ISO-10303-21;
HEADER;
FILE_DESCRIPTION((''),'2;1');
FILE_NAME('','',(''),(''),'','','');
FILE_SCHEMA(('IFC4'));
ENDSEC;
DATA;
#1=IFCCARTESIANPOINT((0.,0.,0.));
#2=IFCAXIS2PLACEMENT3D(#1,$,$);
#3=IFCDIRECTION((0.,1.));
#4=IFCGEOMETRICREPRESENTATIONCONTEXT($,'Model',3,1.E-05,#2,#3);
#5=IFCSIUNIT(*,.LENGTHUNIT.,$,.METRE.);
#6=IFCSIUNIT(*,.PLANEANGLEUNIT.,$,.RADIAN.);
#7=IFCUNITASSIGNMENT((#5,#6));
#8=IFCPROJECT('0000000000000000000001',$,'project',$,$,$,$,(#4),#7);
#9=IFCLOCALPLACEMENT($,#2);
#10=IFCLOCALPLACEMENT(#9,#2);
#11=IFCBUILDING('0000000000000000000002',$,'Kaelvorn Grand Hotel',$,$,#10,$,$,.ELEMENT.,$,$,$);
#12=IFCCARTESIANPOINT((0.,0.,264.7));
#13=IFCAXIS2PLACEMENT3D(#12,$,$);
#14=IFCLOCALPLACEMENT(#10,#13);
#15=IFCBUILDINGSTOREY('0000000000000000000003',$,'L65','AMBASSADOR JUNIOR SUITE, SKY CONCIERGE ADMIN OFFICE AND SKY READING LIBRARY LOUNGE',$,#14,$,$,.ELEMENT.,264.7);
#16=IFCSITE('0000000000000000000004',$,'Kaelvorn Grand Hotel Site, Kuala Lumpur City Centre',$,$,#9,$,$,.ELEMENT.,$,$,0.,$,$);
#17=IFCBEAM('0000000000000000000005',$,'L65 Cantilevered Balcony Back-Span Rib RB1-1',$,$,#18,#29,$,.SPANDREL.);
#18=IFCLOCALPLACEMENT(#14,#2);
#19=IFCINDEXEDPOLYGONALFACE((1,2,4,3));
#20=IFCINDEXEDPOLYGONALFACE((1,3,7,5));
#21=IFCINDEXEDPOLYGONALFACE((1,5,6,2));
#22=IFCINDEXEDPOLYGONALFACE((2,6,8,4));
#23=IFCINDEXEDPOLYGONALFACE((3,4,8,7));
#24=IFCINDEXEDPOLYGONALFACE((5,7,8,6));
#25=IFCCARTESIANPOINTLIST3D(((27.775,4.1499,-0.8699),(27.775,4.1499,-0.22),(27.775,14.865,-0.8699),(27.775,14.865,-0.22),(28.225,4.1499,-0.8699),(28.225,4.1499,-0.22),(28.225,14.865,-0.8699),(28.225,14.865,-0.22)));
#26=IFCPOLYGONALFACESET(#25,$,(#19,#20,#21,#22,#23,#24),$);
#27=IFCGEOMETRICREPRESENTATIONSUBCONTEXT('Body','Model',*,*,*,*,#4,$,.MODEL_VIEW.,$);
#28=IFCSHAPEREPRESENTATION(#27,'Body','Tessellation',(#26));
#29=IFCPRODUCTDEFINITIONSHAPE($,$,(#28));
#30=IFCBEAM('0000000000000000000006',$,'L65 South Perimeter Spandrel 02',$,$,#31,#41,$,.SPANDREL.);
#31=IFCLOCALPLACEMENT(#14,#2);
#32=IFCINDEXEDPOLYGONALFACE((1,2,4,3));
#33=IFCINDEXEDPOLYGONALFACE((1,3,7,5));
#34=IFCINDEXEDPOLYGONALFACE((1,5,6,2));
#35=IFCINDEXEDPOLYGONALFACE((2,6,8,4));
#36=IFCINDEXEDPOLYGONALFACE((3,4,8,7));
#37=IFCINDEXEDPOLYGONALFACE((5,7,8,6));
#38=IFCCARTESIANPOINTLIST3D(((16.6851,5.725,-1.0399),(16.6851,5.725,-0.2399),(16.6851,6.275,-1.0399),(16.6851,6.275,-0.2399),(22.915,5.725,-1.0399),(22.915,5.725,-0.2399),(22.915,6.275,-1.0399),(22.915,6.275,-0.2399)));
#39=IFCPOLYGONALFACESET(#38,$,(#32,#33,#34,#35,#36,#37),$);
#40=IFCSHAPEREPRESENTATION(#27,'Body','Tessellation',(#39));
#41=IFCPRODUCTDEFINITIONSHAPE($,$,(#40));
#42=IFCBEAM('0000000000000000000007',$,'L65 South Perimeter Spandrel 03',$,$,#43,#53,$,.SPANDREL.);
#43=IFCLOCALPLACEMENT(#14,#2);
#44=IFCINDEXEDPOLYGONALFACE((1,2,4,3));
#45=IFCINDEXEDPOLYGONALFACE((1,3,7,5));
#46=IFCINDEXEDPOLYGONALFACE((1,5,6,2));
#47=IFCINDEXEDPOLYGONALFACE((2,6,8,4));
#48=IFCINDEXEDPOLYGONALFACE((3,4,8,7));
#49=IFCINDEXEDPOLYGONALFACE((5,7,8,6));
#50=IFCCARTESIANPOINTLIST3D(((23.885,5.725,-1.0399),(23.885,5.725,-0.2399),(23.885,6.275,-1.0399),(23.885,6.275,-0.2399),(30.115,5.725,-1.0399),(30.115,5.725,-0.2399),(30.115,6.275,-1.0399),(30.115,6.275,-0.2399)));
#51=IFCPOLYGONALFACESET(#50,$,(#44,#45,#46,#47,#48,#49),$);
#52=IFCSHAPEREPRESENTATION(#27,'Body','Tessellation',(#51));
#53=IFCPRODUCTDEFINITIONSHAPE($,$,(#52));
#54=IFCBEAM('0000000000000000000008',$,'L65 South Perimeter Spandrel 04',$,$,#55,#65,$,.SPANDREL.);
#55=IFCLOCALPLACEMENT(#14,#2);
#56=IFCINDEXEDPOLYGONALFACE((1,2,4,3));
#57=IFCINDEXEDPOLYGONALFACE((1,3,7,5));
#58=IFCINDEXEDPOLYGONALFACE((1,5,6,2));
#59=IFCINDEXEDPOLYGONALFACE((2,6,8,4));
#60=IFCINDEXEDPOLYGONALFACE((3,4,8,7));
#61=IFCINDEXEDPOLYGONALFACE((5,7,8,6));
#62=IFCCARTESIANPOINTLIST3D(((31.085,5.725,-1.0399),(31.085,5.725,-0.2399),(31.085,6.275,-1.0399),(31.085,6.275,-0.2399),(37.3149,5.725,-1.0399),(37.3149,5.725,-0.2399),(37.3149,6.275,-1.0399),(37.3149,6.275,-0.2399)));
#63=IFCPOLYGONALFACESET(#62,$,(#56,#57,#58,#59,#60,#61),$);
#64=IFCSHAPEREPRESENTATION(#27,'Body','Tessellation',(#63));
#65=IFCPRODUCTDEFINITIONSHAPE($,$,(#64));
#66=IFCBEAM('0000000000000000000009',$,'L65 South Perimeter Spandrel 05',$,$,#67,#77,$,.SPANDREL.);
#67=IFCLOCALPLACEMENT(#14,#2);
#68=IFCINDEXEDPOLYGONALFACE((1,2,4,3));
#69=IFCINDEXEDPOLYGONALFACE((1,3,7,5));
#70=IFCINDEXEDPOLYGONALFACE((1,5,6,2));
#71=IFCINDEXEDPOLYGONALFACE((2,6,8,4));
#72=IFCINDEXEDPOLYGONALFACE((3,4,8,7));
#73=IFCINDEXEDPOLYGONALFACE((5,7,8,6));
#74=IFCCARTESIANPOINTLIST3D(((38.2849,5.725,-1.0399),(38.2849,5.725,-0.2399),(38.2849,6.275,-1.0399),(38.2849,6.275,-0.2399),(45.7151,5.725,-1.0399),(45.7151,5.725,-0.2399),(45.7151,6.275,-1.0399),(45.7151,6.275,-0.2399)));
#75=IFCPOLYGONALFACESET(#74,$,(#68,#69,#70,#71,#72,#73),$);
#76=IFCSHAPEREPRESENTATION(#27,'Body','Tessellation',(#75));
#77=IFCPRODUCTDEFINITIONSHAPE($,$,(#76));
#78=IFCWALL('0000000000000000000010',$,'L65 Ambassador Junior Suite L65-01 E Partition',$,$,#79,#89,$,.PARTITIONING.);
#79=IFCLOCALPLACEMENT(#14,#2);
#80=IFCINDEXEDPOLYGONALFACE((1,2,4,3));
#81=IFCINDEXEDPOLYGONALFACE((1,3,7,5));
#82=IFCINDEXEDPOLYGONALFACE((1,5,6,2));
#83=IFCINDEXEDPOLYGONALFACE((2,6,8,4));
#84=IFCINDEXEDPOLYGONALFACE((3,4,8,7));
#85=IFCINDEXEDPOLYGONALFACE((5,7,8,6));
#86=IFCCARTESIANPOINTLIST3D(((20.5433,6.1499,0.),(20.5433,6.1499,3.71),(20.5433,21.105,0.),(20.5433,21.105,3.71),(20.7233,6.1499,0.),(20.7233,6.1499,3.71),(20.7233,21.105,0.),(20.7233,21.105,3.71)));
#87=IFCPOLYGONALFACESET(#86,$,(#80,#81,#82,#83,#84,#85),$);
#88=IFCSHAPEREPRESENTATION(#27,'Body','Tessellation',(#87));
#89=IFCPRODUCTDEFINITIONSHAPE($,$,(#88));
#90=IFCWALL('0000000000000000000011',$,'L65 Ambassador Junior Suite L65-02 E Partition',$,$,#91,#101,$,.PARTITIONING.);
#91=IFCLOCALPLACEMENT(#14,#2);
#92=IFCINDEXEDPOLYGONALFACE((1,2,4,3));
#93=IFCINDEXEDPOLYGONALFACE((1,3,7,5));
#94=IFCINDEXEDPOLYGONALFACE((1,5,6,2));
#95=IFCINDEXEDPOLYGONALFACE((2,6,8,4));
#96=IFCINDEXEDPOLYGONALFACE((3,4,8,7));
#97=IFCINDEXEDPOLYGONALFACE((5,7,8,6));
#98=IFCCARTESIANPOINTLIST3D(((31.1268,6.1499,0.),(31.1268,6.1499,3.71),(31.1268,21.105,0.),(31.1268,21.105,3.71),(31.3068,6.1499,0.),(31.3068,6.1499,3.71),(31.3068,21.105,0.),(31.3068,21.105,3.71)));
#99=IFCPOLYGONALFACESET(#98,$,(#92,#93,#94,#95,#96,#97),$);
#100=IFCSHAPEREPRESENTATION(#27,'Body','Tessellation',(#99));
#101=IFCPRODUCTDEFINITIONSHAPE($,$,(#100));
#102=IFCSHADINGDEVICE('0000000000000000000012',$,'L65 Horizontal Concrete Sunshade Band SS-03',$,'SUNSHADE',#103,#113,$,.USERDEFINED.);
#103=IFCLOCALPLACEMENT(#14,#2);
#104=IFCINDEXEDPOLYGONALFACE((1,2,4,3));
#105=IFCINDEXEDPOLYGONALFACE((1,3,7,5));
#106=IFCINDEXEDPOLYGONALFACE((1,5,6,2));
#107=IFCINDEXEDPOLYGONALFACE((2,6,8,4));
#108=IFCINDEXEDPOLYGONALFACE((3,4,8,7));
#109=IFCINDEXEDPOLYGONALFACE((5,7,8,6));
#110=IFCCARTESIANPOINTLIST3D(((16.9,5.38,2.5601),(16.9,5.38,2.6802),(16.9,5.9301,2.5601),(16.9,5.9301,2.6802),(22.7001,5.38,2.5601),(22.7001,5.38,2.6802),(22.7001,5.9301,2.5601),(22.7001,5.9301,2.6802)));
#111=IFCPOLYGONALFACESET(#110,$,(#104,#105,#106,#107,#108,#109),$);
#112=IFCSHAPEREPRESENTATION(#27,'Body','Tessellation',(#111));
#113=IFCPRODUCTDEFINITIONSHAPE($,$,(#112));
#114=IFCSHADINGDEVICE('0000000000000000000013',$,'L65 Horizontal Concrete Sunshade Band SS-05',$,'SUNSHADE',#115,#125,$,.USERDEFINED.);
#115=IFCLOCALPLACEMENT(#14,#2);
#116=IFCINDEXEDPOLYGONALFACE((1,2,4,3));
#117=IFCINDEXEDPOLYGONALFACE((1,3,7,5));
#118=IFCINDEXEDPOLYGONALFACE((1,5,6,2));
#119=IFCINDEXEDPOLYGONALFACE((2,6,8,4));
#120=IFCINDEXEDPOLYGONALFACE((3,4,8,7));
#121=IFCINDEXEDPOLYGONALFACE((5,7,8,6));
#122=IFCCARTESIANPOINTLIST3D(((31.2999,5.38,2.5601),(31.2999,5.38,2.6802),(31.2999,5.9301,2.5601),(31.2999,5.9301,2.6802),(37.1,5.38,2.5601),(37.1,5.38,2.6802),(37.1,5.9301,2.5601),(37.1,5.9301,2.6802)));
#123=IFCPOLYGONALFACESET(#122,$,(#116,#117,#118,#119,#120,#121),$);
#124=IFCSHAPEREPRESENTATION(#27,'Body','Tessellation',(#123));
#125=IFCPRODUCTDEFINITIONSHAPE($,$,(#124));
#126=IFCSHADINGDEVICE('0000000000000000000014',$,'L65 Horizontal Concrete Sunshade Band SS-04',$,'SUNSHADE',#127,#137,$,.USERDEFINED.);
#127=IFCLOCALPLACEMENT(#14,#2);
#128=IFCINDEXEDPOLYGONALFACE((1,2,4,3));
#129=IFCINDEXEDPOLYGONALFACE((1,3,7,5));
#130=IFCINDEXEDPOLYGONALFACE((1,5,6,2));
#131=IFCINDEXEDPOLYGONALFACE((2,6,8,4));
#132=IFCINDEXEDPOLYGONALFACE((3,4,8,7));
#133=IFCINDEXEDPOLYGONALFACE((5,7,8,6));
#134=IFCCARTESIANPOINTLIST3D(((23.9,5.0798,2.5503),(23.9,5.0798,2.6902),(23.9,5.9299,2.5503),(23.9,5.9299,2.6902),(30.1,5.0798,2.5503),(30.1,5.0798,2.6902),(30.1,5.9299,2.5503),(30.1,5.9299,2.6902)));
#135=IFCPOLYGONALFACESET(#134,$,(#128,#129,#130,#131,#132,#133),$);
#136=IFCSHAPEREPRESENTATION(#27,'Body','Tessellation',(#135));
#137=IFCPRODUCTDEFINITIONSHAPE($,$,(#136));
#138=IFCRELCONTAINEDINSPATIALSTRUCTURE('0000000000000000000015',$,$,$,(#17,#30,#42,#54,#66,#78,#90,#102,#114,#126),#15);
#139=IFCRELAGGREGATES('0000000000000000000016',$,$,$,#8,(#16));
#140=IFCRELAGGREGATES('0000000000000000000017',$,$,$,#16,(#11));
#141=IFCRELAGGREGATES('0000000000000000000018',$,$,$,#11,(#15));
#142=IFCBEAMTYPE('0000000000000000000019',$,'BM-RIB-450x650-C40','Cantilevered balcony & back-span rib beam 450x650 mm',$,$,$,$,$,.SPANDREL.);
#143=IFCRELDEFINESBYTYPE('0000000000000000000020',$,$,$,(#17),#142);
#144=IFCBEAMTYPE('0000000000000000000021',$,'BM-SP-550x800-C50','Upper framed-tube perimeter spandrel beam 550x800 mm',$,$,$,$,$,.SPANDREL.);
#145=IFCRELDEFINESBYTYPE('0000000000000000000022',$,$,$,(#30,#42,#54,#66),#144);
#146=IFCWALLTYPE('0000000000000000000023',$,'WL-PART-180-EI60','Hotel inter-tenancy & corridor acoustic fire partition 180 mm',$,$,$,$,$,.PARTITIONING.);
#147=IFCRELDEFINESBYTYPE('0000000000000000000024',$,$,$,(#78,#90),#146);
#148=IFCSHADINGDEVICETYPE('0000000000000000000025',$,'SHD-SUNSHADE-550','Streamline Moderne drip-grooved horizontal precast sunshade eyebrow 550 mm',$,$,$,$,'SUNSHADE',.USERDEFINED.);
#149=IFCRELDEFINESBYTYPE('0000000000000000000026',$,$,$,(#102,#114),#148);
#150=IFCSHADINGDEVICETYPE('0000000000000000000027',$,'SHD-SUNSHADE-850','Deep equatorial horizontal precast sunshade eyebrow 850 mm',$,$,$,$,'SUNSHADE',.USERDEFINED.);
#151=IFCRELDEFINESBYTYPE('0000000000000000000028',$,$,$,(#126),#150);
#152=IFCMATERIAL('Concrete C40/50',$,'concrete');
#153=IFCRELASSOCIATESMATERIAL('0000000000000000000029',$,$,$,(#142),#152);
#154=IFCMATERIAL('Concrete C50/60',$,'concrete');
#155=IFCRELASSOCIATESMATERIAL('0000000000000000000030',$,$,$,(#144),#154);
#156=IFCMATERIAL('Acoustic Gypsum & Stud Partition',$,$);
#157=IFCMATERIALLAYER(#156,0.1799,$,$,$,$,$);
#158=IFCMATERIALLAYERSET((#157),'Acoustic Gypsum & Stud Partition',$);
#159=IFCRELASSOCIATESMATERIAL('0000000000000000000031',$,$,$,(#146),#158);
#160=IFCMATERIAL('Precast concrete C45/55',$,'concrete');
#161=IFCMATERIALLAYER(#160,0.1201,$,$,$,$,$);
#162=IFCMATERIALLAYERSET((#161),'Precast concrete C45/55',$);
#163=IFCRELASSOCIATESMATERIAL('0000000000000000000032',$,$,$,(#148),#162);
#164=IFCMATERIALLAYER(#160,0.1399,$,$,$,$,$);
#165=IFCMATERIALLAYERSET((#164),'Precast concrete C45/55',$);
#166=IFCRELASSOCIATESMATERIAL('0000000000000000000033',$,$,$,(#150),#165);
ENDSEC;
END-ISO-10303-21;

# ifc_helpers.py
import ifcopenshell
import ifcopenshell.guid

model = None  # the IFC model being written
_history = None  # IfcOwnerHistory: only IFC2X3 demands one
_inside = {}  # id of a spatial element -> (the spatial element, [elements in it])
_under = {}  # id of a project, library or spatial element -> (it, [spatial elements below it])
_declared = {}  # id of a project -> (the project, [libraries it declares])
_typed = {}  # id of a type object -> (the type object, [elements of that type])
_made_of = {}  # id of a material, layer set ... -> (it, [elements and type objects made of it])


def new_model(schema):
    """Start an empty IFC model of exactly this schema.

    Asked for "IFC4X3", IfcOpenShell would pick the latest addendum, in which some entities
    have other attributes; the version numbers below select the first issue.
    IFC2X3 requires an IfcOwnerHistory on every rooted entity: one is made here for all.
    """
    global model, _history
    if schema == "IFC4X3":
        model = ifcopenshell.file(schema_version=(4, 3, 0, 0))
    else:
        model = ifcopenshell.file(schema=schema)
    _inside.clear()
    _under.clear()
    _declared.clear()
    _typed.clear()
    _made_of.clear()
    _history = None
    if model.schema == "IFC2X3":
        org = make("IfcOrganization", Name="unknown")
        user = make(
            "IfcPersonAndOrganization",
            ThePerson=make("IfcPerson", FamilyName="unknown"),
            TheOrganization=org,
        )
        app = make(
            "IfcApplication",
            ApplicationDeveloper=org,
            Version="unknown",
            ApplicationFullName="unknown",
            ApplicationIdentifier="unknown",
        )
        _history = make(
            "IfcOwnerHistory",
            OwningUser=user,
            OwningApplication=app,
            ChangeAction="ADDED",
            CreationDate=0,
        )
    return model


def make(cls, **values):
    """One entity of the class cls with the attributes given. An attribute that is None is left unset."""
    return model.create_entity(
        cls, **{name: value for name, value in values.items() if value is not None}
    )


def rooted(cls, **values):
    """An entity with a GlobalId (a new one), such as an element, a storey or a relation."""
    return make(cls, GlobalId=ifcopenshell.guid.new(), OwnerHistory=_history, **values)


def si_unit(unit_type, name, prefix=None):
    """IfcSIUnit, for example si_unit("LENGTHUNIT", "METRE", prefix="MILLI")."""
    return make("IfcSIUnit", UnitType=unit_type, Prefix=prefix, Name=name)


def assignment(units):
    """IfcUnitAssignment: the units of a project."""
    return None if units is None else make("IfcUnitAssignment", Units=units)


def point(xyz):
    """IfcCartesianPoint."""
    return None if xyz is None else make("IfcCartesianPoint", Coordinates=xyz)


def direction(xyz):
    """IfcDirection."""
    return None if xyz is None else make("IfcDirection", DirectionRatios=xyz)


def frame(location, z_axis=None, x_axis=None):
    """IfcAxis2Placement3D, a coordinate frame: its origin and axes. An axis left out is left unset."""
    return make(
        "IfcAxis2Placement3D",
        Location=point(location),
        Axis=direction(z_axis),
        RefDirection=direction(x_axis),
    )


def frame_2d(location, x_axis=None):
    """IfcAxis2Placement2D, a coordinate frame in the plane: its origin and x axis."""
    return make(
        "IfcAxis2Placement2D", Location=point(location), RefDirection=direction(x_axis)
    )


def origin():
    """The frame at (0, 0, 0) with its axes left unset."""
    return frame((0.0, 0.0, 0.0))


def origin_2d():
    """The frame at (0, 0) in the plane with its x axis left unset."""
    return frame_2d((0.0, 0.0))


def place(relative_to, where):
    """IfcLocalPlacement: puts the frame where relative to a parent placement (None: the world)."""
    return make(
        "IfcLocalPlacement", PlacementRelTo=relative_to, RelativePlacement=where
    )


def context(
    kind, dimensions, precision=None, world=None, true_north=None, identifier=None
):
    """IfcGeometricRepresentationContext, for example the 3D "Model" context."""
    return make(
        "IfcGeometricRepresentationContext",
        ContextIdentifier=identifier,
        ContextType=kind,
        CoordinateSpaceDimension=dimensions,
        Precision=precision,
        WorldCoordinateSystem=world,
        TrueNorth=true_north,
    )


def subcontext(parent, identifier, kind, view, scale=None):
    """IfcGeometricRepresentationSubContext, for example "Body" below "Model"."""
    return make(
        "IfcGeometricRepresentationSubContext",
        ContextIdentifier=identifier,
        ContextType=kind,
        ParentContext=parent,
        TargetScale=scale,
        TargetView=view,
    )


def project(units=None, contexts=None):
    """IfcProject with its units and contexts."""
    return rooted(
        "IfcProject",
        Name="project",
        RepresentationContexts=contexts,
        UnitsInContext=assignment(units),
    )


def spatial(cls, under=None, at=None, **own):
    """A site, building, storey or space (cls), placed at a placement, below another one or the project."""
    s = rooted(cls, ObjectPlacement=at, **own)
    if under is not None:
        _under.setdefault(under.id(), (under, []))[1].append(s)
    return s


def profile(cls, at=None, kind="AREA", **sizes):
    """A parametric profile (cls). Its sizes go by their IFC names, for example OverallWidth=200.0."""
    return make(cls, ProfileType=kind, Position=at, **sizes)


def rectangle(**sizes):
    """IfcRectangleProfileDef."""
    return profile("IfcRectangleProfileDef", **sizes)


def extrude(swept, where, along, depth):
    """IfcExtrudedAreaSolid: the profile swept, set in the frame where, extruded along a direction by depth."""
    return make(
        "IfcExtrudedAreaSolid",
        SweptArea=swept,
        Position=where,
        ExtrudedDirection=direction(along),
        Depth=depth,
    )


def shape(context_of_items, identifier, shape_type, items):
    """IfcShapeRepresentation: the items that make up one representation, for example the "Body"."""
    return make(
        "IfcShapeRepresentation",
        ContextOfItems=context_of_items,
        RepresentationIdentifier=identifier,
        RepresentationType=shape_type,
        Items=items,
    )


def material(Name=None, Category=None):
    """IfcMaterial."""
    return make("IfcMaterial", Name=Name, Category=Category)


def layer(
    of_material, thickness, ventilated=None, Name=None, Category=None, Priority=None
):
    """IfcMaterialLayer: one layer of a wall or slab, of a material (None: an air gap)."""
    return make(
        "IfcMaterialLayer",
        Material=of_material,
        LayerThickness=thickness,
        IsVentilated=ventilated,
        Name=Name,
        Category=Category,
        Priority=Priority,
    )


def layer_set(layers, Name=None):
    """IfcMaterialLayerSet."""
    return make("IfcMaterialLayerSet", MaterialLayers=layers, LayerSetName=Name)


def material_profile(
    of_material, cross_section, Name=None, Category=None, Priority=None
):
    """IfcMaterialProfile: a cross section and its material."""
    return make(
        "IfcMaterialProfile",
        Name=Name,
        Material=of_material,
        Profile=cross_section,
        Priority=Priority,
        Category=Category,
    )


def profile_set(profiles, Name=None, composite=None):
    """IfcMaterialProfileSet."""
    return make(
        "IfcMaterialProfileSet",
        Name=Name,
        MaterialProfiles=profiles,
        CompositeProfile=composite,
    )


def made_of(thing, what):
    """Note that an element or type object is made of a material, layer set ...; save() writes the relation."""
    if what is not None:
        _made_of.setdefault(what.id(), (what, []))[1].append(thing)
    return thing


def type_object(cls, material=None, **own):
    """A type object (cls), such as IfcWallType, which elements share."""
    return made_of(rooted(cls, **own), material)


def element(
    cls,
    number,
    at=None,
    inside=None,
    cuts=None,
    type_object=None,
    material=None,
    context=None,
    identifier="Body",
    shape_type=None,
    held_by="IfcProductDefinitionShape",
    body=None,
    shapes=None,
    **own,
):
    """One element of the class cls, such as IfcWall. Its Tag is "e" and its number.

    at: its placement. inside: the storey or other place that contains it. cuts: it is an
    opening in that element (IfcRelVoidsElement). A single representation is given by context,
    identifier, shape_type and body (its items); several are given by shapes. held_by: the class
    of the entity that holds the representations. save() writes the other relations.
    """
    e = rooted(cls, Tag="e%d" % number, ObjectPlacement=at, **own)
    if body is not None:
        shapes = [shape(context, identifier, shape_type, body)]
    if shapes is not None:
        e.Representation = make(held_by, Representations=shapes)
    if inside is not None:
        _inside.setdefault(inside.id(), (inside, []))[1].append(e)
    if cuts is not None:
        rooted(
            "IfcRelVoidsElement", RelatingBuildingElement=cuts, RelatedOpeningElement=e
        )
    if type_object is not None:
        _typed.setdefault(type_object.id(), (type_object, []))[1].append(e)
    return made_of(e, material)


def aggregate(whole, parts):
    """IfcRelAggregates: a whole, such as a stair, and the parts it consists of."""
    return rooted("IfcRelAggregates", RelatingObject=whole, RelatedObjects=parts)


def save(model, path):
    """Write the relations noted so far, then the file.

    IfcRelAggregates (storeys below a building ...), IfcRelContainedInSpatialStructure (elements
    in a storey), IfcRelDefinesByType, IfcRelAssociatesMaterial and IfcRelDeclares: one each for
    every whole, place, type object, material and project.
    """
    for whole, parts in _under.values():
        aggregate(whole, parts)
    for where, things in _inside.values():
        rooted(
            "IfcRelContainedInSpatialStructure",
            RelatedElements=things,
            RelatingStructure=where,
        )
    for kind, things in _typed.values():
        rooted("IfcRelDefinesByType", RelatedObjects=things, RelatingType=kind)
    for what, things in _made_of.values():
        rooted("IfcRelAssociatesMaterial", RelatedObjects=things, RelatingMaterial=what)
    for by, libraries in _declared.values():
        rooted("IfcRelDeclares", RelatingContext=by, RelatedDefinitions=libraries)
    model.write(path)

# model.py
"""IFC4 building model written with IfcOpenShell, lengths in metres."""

from ifc_helpers import new_model, si_unit, direction, frame, frame_2d, origin, origin_2d, place, context, subcontext, project, spatial, rectangle, extrude, material, layer, layer_set, material_profile, profile_set, type_object, element, save


model = new_model("IFC4")

# Units and contexts
model_context = context("Model", 3, precision=1e-05, world=origin(), true_north=direction((0.0, 1.0)))
body_context = subcontext(model_context, "Body", "Model", "MODEL_VIEW")
ifc_project = project(units=[si_unit("LENGTHUNIT", "METRE"), si_unit("PLANEANGLEUNIT", "RADIAN")], contexts=[model_context])

# Site, building, storey
site_placement = place(None, origin())
site = spatial("IfcSite", under=ifc_project, at=site_placement, Name="Kaelvorn Grand Hotel Site, Kuala Lumpur City Centre", CompositionType="ELEMENT", RefElevation=0.0)
building_placement = place(site_placement, origin())
building = spatial("IfcBuilding", under=site, at=building_placement, Name="Kaelvorn Grand Hotel", CompositionType="ELEMENT")
storey_placement = place(building_placement, frame((0.0, 0.0, 264.7)))
storey = spatial("IfcBuildingStorey", under=building, at=storey_placement, Name="L65", Description="AMBASSADOR JUNIOR SUITE, SKY CONCIERGE ADMIN OFFICE AND SKY READING LIBRARY LOUNGE", CompositionType="ELEMENT", Elevation=264.7)

# Shared definitions
ifc_material_1 = material(Name="Concrete C50/60", Category="concrete")

# Beams
ifc_material_2 = material(Name="Concrete C40/50", Category="concrete")
ifc_material_profile_1 = material_profile(ifc_material_2, rectangle(XDim=0.45, YDim=0.6499, at=origin_2d()), Name="RC RIB 450x650")
ifc_profile_set_1 = profile_set([ifc_material_profile_1], Name="Concrete C40/50")
beam_type_1 = type_object("IfcBeamType", Name="BM-RIB-450x650-C40", Description="Cantilevered balcony & back-span rib beam 450x650 mm", PredefinedType="SPANDREL", material=ifc_profile_set_1)
beam_1_placement = place(storey_placement, frame((28.0, 4.1499, -0.5449), z_axis=(0.0, 1.0, 0.0), x_axis=(-1.0, 0.0, 0.0)))
element("IfcBeam", 1, at=beam_1_placement, inside=storey, type_object=beam_type_1, Name="L65 Cantilevered Balcony Back-Span Rib RB1-1", PredefinedType="SPANDREL", context=body_context, shape_type="SweptSolid", body=[
    extrude(rectangle(XDim=0.45, YDim=0.6499, at=origin_2d()), origin(), (0.0, 0.0, 1.0), 10.7151),
])
ifc_material_profile_2 = material_profile(ifc_material_1, rectangle(XDim=0.55, YDim=0.8, at=origin_2d()), Name="RC SPANDREL 550x800")
ifc_profile_set_2 = profile_set([ifc_material_profile_2], Name="Concrete C50/60")
beam_type_2 = type_object("IfcBeamType", Name="BM-SP-550x800-C50", Description="Upper framed-tube perimeter spandrel beam 550x800 mm", PredefinedType="SPANDREL", material=ifc_profile_set_2)
for number, where, z_axis, x_axis, name in (
    (2, (16.6851, 6.0, -0.6399), (1.0, 0.0, 0.0), (0.0, 1.0, 0.0), "L65 South Perimeter Spandrel 02"),
    (3, (23.885, 6.0, -0.6399), (1.0, 0.0, 0.0), (0.0, 1.0, 0.0), "L65 South Perimeter Spandrel 03"),
    (4, (31.085, 6.0, -0.6399), (1.0, 0.0, 0.0), (0.0, 1.0, 0.0), "L65 South Perimeter Spandrel 04"),
):
    element("IfcBeam", number, at=place(storey_placement, frame(where, z_axis=z_axis, x_axis=x_axis)), inside=storey, type_object=beam_type_2, Name=name, PredefinedType="SPANDREL", context=body_context, shape_type="SweptSolid", body=[
        extrude(rectangle(XDim=0.55, YDim=0.8, at=origin_2d()), origin(), (0.0, 0.0, 1.0), 6.23),
    ])
beam_2_placement = place(storey_placement, frame((38.2849, 6.0, -0.6399), z_axis=(1.0, 0.0, 0.0), x_axis=(0.0, 1.0, 0.0)))
element("IfcBeam", 5, at=beam_2_placement, inside=storey, type_object=beam_type_2, Name="L65 South Perimeter Spandrel 05", PredefinedType="SPANDREL", context=body_context, shape_type="SweptSolid", body=[
    extrude(rectangle(XDim=0.55, YDim=0.8, at=origin_2d()), origin(), (0.0, 0.0, 1.0), 7.4302),
])

# Walls
ifc_material_3 = material(Name="Acoustic Gypsum & Stud Partition")
ifc_layer_1 = layer(ifc_material_3, 0.1799)
ifc_layer_set_1 = layer_set([ifc_layer_1], Name="Acoustic Gypsum & Stud Partition")
wall_type = type_object("IfcWallType", Name="WL-PART-180-EI60", Description="Hotel inter-tenancy & corridor acoustic fire partition 180 mm", PredefinedType="PARTITIONING", material=ifc_layer_set_1)
for number, where, z_axis, x_axis, name in (
    (6, (20.6333, 6.1499, 0.0), (0.0, 0.0, 1.0), (0.0, 1.0, 0.0), "L65 Ambassador Junior Suite L65-01 E Partition"),
    (7, (31.2168, 6.1499, 0.0), (0.0, 0.0, 1.0), (0.0, 1.0, 0.0), "L65 Ambassador Junior Suite L65-02 E Partition"),
):
    element("IfcWall", number, at=place(storey_placement, frame(where, z_axis=z_axis, x_axis=x_axis)), inside=storey, type_object=wall_type, Name=name, PredefinedType="PARTITIONING", context=body_context, shape_type="SweptSolid", body=[
        extrude(rectangle(XDim=14.9551, YDim=0.1799, at=frame_2d((7.4775, 0.0))), origin(), (0.0, 0.0, 1.0), 3.71),
    ])

# Shading devices
ifc_material_4 = material(Name="Precast concrete C45/55", Category="concrete")
ifc_layer_2 = layer(ifc_material_4, 0.1201)
ifc_layer_set_2 = layer_set([ifc_layer_2], Name="Precast concrete C45/55")
shading_device_type_1 = type_object("IfcShadingDeviceType", Name="SHD-SUNSHADE-550", Description="Streamline Moderne drip-grooved horizontal precast sunshade eyebrow 550 mm", ElementType="SUNSHADE", PredefinedType="USERDEFINED", material=ifc_layer_set_2)
for number, where, z_axis, x_axis, name in (
    (8, (19.8, 5.655, 2.5601), (0.0, 0.0, 1.0), (1.0, 0.0, 0.0), "L65 Horizontal Concrete Sunshade Band SS-03"),
    (9, (34.2, 5.655, 2.5601), (0.0, 0.0, 1.0), (1.0, 0.0, 0.0), "L65 Horizontal Concrete Sunshade Band SS-05"),
):
    element("IfcShadingDevice", number, at=place(storey_placement, frame(where, z_axis=z_axis, x_axis=x_axis)), inside=storey, type_object=shading_device_type_1, Name=name, ObjectType="SUNSHADE", PredefinedType="USERDEFINED", context=body_context, shape_type="SweptSolid", body=[
        extrude(rectangle(XDim=5.8, YDim=0.55, at=origin_2d()), origin(), (0.0, 0.0, 1.0), 0.1201),
    ])
ifc_layer_3 = layer(ifc_material_4, 0.1399)
ifc_layer_set_3 = layer_set([ifc_layer_3], Name="Precast concrete C45/55")
shading_device_type_2 = type_object("IfcShadingDeviceType", Name="SHD-SUNSHADE-850", Description="Deep equatorial horizontal precast sunshade eyebrow 850 mm", ElementType="SUNSHADE", PredefinedType="USERDEFINED", material=ifc_layer_set_3)
shading_device_placement = place(storey_placement, frame((27.0, 5.5049, 2.5503), z_axis=(0.0, 0.0, 1.0), x_axis=(1.0, 0.0, 0.0)))
element("IfcShadingDevice", 10, at=shading_device_placement, inside=storey, type_object=shading_device_type_2, Name="L65 Horizontal Concrete Sunshade Band SS-04", ObjectType="SUNSHADE", PredefinedType="USERDEFINED", context=body_context, shape_type="SweptSolid", body=[
    extrude(rectangle(XDim=6.2, YDim=0.8501, at=origin_2d()), origin(), (0.0, 0.0, 1.0), 0.1399),
])

save(model, "model.ifc")
